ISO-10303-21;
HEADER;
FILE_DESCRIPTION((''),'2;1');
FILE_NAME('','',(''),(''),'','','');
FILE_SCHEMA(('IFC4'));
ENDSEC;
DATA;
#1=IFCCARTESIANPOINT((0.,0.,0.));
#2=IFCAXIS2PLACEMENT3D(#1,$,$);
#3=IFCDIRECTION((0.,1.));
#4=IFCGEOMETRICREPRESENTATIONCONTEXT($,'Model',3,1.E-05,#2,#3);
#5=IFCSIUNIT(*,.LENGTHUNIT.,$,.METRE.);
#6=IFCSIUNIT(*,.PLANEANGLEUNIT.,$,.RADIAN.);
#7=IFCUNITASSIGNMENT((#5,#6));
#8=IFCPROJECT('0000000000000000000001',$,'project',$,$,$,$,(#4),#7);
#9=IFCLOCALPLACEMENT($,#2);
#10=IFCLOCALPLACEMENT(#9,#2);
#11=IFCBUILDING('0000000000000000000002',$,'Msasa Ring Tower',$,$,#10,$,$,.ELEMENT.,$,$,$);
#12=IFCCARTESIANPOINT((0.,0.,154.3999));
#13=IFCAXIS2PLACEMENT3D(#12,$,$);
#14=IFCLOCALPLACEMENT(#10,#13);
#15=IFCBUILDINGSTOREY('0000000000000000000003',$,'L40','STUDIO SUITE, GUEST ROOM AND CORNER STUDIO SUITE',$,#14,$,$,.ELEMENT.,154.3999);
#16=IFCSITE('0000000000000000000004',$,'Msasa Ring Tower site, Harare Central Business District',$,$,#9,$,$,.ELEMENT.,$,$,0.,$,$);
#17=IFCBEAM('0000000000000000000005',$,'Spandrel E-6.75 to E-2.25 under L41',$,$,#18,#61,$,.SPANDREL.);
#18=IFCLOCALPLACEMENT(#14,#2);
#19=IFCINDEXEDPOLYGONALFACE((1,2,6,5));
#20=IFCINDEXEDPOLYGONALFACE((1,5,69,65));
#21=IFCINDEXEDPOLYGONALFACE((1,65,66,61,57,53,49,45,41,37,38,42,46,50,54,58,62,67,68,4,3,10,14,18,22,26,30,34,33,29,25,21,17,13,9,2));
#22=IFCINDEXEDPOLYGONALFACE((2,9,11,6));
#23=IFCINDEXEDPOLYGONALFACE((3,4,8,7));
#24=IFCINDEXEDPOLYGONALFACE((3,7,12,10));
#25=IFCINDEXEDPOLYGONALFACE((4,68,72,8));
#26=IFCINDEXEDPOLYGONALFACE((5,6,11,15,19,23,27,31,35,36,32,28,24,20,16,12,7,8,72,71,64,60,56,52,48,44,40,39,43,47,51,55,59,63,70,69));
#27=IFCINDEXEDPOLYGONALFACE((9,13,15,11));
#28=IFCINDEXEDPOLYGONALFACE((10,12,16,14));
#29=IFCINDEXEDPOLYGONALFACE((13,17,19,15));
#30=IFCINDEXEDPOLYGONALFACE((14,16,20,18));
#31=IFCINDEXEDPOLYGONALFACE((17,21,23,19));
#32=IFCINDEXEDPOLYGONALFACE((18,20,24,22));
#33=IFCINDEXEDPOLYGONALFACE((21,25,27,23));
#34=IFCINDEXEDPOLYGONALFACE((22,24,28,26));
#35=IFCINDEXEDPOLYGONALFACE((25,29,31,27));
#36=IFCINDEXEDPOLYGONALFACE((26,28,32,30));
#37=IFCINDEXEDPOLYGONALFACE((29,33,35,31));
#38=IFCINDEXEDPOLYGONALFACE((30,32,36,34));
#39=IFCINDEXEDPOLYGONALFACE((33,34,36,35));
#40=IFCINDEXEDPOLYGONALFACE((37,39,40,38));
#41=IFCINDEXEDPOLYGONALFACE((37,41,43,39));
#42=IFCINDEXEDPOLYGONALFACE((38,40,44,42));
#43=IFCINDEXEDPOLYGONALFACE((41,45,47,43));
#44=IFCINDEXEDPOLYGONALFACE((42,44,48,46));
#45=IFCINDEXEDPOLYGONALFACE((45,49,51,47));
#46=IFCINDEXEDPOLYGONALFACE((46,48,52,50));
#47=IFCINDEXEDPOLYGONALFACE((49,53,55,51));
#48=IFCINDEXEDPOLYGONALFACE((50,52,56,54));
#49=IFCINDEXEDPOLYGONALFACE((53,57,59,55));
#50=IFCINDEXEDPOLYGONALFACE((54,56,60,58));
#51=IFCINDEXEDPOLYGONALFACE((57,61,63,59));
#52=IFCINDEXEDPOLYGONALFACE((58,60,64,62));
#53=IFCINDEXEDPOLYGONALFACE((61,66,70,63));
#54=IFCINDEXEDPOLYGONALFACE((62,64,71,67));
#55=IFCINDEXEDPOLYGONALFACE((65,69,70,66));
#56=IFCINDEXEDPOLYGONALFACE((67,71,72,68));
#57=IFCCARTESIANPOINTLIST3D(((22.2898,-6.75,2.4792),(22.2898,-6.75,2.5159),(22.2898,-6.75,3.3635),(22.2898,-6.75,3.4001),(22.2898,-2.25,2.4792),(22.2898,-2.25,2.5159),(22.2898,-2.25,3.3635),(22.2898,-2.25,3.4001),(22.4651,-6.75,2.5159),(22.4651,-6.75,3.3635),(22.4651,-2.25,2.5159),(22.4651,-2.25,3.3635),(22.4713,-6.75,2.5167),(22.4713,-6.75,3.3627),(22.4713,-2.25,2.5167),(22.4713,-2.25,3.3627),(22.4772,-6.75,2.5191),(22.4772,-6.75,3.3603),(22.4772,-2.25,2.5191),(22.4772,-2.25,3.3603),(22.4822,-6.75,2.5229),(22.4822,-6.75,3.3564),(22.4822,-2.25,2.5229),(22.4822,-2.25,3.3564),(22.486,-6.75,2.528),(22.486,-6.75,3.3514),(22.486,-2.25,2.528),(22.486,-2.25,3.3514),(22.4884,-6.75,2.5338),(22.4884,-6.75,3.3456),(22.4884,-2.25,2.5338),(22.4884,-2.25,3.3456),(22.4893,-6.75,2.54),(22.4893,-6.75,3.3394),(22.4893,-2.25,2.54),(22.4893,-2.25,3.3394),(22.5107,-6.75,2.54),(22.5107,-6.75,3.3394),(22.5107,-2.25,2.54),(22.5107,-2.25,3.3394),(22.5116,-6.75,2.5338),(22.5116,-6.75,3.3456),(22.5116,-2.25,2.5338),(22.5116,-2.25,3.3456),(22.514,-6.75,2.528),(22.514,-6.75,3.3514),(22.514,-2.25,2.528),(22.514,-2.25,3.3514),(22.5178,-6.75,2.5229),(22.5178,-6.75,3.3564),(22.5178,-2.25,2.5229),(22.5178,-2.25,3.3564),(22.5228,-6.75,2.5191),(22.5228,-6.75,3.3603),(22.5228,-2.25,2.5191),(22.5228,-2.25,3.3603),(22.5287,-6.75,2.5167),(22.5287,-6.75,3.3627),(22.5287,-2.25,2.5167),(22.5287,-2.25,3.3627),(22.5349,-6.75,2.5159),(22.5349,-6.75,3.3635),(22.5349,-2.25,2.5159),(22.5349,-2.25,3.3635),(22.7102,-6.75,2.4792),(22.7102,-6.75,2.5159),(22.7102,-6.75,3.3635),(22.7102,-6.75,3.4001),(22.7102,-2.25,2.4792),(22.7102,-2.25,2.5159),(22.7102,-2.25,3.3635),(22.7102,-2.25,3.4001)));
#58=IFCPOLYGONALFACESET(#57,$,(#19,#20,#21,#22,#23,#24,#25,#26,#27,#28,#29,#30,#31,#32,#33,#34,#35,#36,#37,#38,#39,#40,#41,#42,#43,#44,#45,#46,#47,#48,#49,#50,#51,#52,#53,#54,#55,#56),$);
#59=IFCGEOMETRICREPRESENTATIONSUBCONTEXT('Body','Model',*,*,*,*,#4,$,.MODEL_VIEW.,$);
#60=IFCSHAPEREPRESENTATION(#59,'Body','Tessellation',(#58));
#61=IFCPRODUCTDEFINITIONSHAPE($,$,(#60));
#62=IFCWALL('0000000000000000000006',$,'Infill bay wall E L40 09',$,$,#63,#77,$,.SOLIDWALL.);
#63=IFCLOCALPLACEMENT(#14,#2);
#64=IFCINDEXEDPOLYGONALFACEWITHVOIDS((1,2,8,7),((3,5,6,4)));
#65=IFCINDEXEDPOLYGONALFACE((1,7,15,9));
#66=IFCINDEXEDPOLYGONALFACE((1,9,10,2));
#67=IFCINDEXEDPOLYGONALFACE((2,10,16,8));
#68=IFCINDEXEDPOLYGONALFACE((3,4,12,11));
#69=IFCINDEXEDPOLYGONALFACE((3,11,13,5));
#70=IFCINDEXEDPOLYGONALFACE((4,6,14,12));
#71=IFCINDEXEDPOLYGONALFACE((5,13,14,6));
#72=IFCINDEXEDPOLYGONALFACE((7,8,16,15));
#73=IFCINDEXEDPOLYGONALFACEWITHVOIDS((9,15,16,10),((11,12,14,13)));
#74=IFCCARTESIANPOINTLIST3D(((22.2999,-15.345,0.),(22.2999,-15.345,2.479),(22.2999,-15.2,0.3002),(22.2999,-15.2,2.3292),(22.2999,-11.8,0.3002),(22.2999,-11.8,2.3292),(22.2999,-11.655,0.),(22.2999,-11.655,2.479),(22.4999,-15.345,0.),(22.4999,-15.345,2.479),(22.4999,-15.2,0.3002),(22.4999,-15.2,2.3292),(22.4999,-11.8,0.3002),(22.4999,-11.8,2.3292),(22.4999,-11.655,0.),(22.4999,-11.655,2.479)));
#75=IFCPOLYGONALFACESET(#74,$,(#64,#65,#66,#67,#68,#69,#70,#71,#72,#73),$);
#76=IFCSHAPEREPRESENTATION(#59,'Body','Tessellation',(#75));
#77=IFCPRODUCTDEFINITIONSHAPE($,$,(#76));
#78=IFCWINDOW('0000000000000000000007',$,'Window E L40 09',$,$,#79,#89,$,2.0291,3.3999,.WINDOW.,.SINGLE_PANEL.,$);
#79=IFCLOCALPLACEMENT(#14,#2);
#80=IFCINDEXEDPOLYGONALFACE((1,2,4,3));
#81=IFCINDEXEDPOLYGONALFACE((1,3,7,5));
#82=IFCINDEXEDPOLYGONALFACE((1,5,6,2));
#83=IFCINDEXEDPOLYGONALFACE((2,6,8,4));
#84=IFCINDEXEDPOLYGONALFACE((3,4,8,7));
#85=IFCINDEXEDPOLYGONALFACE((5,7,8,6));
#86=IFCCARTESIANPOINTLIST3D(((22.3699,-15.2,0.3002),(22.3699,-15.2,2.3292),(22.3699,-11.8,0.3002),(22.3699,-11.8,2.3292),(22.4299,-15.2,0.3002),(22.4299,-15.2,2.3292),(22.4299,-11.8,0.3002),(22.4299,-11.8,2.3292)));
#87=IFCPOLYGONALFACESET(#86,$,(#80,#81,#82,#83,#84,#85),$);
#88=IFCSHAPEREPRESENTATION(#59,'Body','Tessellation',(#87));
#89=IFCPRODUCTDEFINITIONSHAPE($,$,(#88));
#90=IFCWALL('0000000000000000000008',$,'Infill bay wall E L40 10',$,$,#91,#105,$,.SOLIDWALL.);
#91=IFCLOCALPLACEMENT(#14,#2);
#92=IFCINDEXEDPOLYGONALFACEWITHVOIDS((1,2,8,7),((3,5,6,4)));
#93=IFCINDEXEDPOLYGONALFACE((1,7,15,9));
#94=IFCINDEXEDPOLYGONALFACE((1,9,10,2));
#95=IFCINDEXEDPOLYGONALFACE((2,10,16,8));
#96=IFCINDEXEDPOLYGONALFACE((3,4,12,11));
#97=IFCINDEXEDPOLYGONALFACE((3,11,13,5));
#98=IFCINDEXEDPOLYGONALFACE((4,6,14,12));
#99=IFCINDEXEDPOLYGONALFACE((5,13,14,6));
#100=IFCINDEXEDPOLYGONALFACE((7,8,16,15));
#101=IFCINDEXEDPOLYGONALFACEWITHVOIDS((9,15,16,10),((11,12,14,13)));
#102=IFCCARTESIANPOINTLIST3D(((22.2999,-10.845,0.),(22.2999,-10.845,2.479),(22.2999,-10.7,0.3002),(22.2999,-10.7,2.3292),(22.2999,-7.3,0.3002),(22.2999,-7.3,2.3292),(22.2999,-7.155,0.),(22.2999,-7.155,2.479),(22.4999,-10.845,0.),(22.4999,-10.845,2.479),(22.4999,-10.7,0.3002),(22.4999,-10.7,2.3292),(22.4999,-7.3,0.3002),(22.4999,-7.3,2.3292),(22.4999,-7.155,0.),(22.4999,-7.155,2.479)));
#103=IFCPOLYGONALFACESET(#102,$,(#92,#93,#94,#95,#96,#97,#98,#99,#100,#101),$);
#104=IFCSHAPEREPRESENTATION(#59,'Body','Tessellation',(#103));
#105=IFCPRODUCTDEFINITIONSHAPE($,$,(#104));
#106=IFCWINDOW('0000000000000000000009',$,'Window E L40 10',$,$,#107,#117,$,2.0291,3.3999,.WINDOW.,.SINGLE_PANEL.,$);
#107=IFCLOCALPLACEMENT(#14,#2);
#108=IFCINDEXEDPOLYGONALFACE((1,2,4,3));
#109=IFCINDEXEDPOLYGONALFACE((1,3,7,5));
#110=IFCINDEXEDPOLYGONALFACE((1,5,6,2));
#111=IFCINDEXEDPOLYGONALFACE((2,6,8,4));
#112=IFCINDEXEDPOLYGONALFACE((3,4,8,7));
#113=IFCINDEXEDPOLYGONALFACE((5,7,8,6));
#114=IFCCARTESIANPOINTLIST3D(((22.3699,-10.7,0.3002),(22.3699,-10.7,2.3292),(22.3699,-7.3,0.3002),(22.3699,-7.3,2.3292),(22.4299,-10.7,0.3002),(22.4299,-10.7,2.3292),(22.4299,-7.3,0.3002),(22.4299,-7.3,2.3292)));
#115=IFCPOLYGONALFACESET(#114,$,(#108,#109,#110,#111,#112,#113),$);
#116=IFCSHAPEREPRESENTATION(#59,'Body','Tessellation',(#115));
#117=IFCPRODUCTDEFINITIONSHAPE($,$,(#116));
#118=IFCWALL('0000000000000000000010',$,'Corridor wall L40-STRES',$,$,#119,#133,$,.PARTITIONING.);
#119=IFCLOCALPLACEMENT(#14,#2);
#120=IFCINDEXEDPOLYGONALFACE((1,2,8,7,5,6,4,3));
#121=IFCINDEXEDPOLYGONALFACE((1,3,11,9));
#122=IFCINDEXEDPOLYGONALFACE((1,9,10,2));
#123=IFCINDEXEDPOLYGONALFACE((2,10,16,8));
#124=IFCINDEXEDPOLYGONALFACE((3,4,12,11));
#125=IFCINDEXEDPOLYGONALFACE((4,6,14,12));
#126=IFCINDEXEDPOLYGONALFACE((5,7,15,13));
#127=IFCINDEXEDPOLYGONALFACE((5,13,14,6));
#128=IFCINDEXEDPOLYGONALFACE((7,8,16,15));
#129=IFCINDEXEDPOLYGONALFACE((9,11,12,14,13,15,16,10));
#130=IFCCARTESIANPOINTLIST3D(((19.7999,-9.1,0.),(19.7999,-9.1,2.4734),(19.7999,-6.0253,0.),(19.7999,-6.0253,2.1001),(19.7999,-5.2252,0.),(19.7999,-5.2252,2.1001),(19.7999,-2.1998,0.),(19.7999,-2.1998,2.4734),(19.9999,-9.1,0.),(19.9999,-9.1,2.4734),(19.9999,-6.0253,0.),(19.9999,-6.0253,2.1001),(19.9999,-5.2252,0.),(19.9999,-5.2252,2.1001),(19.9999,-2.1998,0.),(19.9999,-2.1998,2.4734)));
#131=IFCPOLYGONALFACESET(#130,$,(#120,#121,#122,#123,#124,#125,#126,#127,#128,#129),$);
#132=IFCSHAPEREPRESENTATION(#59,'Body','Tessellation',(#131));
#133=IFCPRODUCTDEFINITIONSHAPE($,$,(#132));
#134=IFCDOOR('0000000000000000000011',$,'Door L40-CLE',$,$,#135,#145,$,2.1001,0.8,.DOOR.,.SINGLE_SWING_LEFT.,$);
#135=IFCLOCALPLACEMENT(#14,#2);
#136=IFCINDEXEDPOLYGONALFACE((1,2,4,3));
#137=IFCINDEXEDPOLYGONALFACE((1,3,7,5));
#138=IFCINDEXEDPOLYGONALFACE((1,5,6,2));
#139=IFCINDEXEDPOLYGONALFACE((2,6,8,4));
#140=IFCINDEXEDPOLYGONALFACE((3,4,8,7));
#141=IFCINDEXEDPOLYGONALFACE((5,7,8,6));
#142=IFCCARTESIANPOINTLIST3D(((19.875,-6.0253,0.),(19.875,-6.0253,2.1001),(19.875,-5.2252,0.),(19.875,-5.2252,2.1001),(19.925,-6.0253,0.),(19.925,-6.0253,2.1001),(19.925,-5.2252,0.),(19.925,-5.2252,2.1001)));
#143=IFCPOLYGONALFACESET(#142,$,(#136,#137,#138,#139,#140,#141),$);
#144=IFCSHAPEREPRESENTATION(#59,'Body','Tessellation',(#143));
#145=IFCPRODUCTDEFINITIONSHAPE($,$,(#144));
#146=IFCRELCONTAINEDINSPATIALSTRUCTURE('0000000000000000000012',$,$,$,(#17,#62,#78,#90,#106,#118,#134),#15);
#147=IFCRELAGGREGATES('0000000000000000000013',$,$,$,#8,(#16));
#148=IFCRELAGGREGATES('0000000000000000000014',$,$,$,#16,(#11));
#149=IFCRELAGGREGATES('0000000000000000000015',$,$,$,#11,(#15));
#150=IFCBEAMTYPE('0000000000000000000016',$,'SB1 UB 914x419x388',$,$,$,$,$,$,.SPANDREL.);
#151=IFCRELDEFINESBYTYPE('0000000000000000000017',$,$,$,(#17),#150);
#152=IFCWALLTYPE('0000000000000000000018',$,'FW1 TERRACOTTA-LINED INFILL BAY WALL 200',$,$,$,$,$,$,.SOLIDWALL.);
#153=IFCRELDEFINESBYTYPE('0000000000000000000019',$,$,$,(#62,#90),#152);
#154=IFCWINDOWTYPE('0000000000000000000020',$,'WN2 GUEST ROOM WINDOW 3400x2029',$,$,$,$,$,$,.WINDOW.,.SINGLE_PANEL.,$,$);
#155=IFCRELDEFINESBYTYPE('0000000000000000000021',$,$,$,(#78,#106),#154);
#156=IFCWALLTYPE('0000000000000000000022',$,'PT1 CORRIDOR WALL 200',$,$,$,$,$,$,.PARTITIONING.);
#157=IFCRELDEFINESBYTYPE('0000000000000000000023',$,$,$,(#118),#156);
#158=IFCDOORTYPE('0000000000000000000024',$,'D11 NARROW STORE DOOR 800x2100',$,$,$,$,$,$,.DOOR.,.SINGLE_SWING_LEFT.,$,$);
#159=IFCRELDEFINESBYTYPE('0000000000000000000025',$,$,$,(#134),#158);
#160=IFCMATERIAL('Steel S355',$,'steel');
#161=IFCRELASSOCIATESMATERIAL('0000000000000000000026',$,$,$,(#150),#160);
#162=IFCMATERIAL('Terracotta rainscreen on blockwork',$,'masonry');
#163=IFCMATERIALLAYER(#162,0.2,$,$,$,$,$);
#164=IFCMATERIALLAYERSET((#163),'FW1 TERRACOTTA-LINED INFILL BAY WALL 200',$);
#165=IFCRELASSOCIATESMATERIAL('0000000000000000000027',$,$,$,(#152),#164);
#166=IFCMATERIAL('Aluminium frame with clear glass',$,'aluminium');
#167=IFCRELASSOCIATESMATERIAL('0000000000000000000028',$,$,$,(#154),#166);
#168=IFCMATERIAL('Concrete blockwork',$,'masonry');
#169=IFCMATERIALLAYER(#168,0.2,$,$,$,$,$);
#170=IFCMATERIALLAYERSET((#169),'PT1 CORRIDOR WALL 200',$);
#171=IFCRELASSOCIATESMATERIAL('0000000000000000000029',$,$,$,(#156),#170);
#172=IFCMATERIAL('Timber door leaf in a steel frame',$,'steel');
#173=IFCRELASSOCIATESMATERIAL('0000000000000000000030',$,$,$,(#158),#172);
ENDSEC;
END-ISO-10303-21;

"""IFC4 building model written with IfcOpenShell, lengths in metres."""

from ifc_helpers import new_model, si_unit, direction, frame, frame_2d, origin, origin_2d, place, context, subcontext, project, spatial, rectangle, i_section, extrude, material, layer, layer_set, material_profile, profile_set, type_object, element, fill, save


model = new_model("IFC4")

# Units and contexts
model_context = context("Model", 3, precision=1e-05, world=origin(), true_north=direction((0.0, 1.0)))
body_context = subcontext(model_context, "Body", "Model", "MODEL_VIEW")
ifc_project = project(units=[si_unit("LENGTHUNIT", "METRE"), si_unit("PLANEANGLEUNIT", "RADIAN")], contexts=[model_context])

# Site, building, storey
site_placement = place(None, origin())
site = spatial("IfcSite", under=ifc_project, at=site_placement, Name="Msasa Ring Tower site, Harare Central Business District", CompositionType="ELEMENT", RefElevation=0.0)
building_placement = place(site_placement, origin())
building = spatial("IfcBuilding", under=site, at=building_placement, Name="Msasa Ring Tower", CompositionType="ELEMENT")
storey_placement = place(building_placement, frame((0.0, 0.0, 154.3999)))
storey = spatial("IfcBuildingStorey", under=building, at=storey_placement, Name="L40", Description="STUDIO SUITE, GUEST ROOM AND CORNER STUDIO SUITE", CompositionType="ELEMENT", Elevation=154.3999)

# Beam
ifc_material_1 = material(Name="Steel S355", Category="steel")
ifc_material_profile_1 = material_profile(ifc_material_1, i_section(OverallWidth=0.4204, OverallDepth=0.9209, WebThickness=0.0215, FlangeThickness=0.0366, FilletRadius=0.0242, at=origin_2d()), Name="UB 914x419x388")
ifc_profile_set_1 = profile_set([ifc_material_profile_1], Name="Steel S355")
beam_type_1 = type_object("IfcBeamType", Name="SB1 UB 914x419x388", PredefinedType="SPANDREL", material=ifc_profile_set_1)
for number, where, z_axis, x_axis, name in (
    (1, (22.5, -6.75, 2.9397), (0.0, 1.0, 0.0), (-1.0, 0.0, 0.0), "Spandrel E-6.75 to E-2.25 under L41"),
):
    element("IfcBeam", number, at=place(storey_placement, frame(where, z_axis=z_axis, x_axis=x_axis)), inside=storey, type_object=beam_type_1, Name=name, PredefinedType="SPANDREL", context=body_context, shape_type="SweptSolid", body=[
        extrude(i_section(OverallWidth=0.4204, OverallDepth=0.9209, WebThickness=0.0215, FlangeThickness=0.0366, FilletRadius=0.0242, at=origin_2d()), origin(), (0.0, 0.0, 1.0), 4.5),
    ])

# Walls, openings, windows
ifc_material_2 = material(Name="Terracotta rainscreen on blockwork", Category="masonry")
ifc_layer_1 = layer(ifc_material_2, 0.2)
ifc_layer_set_1 = layer_set([ifc_layer_1], Name="FW1 TERRACOTTA-LINED INFILL BAY WALL 200")
wall_type_1 = type_object("IfcWallType", Name="FW1 TERRACOTTA-LINED INFILL BAY WALL 200", PredefinedType="SOLIDWALL", material=ifc_layer_set_1)
wall_1_placement = place(storey_placement, frame((22.3999, -15.345, 0.0), z_axis=(0.0, 0.0, 1.0), x_axis=(0.0, 1.0, 0.0)))
wall_1 = element("IfcWall", 2, at=wall_1_placement, inside=storey, type_object=wall_type_1, Name="Infill bay wall E L40 09", PredefinedType="SOLIDWALL", context=body_context, shape_type="SweptSolid", body=[
    extrude(rectangle(XDim=3.6899, YDim=0.2, at=frame_2d((1.845, 0.0))), origin(), (0.0, 0.0, 1.0), 2.479),
])
opening_1_placement = place(wall_1_placement, frame((0.145, 0.0, 0.3)))
opening_1 = element("IfcOpeningElement", 3, at=opening_1_placement, cuts=wall_1, PredefinedType="OPENING", context=body_context, shape_type="SweptSolid", body=[
    extrude(rectangle(XDim=3.3999, YDim=2.0291, at=frame_2d((1.7, 1.0146))), frame((0.0, 0.1099, 0.0), z_axis=(0.0, -1.0, 0.0), x_axis=(1.0, 0.0, 0.0)), (0.0, 0.0, 1.0), 0.22),
])
ifc_material_3 = material(Name="Aluminium frame with clear glass", Category="aluminium")
window_type = type_object("IfcWindowType", Name="WN2 GUEST ROOM WINDOW 3400x2029", PartitioningType="SINGLE_PANEL", PredefinedType="WINDOW", material=ifc_material_3)
window_1_placement = place(opening_1_placement, origin())
window_1 = element("IfcWindow", 4, at=window_1_placement, inside=storey, type_object=window_type, Name="Window E L40 09", OverallHeight=2.0291, OverallWidth=3.3999, PartitioningType="SINGLE_PANEL", PredefinedType="WINDOW", context=body_context, shape_type="SweptSolid", body=[
    extrude(rectangle(XDim=3.3999, YDim=2.0291, at=frame_2d((1.7, 1.0146))), frame((0.0, 0.03, 0.0), z_axis=(0.0, -1.0, 0.0), x_axis=(1.0, 0.0, 0.0)), (0.0, 0.0, 1.0), 0.0601),
])
fill(opening_1, window_1)
wall_2_placement = place(storey_placement, frame((22.3999, -10.845, 0.0), z_axis=(0.0, 0.0, 1.0), x_axis=(0.0, 1.0, 0.0)))
wall_2 = element("IfcWall", 5, at=wall_2_placement, inside=storey, type_object=wall_type_1, Name="Infill bay wall E L40 10", PredefinedType="SOLIDWALL", context=body_context, shape_type="SweptSolid", body=[
    extrude(rectangle(XDim=3.6899, YDim=0.2, at=frame_2d((1.845, 0.0))), origin(), (0.0, 0.0, 1.0), 2.479),
])
opening_2_placement = place(wall_2_placement, frame((0.145, 0.0, 0.3)))
opening_2 = element("IfcOpeningElement", 6, at=opening_2_placement, cuts=wall_2, PredefinedType="OPENING", context=body_context, shape_type="SweptSolid", body=[
    extrude(rectangle(XDim=3.3999, YDim=2.0291, at=frame_2d((1.7, 1.0146))), frame((0.0, 0.1099, 0.0), z_axis=(0.0, -1.0, 0.0), x_axis=(1.0, 0.0, 0.0)), (0.0, 0.0, 1.0), 0.22),
])
window_2_placement = place(opening_2_placement, origin())
window_2 = element("IfcWindow", 7, at=window_2_placement, inside=storey, type_object=window_type, Name="Window E L40 10", OverallHeight=2.0291, OverallWidth=3.3999, PartitioningType="SINGLE_PANEL", PredefinedType="WINDOW", context=body_context, shape_type="SweptSolid", body=[
    extrude(rectangle(XDim=3.3999, YDim=2.0291, at=frame_2d((1.7, 1.0146))), frame((0.0, 0.03, 0.0), z_axis=(0.0, -1.0, 0.0), x_axis=(1.0, 0.0, 0.0)), (0.0, 0.0, 1.0), 0.0601),
])
fill(opening_2, window_2)

# Wall, opening, door
ifc_material_4 = material(Name="Concrete blockwork", Category="masonry")
ifc_layer_2 = layer(ifc_material_4, 0.2)
ifc_layer_set_2 = layer_set([ifc_layer_2], Name="PT1 CORRIDOR WALL 200")
wall_type_2 = type_object("IfcWallType", Name="PT1 CORRIDOR WALL 200", PredefinedType="PARTITIONING", material=ifc_layer_set_2)
wall_3_placement = place(storey_placement, frame((19.8999, -9.1001, 0.0), z_axis=(0.0, 0.0, 1.0), x_axis=(0.0, 1.0, 0.0)))
wall_3 = element("IfcWall", 8, at=wall_3_placement, inside=storey, type_object=wall_type_2, Name="Corridor wall L40-STRES", PredefinedType="PARTITIONING", context=body_context, shape_type="SweptSolid", body=[
    extrude(rectangle(XDim=6.9001, YDim=0.2, at=frame_2d((3.4502, 0.0))), origin(), (0.0, 0.0, 1.0), 2.4734),
])
opening_3_placement = place(wall_3_placement, frame((3.075, 0.0, 0.0)))
opening_3 = element("IfcOpeningElement", 9, at=opening_3_placement, cuts=wall_3, PredefinedType="OPENING", context=body_context, shape_type="SweptSolid", body=[
    extrude(rectangle(XDim=0.8, YDim=2.1001, at=frame_2d((0.3999, 1.05))), frame((0.0, 0.1099, 0.0), z_axis=(0.0, -1.0, 0.0), x_axis=(1.0, 0.0, 0.0)), (0.0, 0.0, 1.0), 0.22),
])
ifc_material_5 = material(Name="Timber door leaf in a steel frame", Category="steel")
door_type_1 = type_object("IfcDoorType", Name="D11 NARROW STORE DOOR 800x2100", OperationType="SINGLE_SWING_LEFT", PredefinedType="DOOR", material=ifc_material_5)
door_1_placement = place(opening_3_placement, origin())
door_1 = element("IfcDoor", 10, at=door_1_placement, inside=storey, type_object=door_type_1, Name="Door L40-CLE", OperationType="SINGLE_SWING_LEFT", OverallHeight=2.1001, OverallWidth=0.8, PredefinedType="DOOR", context=body_context, shape_type="SweptSolid", body=[
    extrude(rectangle(XDim=0.8, YDim=2.1001, at=frame_2d((0.3999, 1.05))), frame((0.0, 0.0249, 0.0), z_axis=(0.0, -1.0, 0.0), x_axis=(1.0, 0.0, 0.0)), (0.0, 0.0, 1.0), 0.05),
])
fill(opening_3, door_1)

save(model, "model.ifc")
